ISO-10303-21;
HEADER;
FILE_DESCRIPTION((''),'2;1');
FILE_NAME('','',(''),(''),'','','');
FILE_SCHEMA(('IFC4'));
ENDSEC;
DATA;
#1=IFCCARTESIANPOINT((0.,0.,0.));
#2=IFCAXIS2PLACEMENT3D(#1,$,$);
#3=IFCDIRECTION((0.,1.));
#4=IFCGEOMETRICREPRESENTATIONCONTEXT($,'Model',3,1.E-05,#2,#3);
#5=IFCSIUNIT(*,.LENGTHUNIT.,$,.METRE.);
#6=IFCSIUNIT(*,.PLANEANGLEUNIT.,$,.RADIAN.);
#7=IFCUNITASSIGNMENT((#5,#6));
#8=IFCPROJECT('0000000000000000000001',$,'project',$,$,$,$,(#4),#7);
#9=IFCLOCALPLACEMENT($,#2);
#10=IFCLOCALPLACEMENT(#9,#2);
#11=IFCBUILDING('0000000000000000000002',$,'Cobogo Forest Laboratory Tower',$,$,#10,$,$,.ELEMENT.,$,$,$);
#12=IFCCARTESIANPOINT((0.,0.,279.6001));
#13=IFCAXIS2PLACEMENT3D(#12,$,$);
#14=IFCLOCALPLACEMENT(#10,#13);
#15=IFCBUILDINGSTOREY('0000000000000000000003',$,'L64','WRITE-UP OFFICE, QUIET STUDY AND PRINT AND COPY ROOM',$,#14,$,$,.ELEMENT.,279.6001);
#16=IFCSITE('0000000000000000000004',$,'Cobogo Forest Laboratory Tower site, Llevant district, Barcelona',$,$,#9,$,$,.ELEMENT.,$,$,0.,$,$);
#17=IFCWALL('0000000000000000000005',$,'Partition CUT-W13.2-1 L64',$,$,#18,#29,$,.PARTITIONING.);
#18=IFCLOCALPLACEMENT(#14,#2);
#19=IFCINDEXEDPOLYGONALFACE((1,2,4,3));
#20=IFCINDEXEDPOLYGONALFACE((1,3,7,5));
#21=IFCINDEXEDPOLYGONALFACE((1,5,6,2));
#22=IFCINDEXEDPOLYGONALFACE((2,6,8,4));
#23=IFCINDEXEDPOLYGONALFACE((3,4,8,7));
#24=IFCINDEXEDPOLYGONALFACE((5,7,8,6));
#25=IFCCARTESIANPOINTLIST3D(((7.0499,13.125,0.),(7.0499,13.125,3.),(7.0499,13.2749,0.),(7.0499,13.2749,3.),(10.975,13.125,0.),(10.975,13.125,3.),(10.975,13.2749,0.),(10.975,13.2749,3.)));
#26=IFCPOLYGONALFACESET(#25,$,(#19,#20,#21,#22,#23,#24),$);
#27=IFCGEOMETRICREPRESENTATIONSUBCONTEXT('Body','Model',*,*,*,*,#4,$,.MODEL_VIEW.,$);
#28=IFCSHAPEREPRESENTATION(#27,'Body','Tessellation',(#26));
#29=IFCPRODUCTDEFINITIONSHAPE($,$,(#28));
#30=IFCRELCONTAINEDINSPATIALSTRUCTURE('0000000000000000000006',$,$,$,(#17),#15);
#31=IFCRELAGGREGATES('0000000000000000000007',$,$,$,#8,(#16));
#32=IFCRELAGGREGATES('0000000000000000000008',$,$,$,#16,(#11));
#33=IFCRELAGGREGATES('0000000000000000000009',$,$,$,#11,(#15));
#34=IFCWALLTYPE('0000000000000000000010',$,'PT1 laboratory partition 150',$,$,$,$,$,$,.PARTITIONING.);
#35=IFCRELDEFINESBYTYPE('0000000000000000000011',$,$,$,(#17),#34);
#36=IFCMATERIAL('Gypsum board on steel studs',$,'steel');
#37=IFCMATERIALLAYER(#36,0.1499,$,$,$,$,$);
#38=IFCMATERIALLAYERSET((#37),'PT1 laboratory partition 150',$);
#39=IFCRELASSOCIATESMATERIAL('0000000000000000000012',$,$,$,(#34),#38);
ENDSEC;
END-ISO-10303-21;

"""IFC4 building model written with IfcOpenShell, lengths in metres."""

from ifc_helpers import new_model, si_unit, direction, frame, frame_2d, origin, place, context, subcontext, project, spatial, rectangle, extrude, material, layer, layer_set, type_object, element, save


model = new_model("IFC4")

# Units and contexts
model_context = context("Model", 3, precision=1e-05, world=origin(), true_north=direction((0.0, 1.0)))
body_context = subcontext(model_context, "Body", "Model", "MODEL_VIEW")
ifc_project = project(units=[si_unit("LENGTHUNIT", "METRE"), si_unit("PLANEANGLEUNIT", "RADIAN")], contexts=[model_context])

# Site, building, storey
site_placement = place(None, origin())
site = spatial("IfcSite", under=ifc_project, at=site_placement, Name="Cobogo Forest Laboratory Tower site, Llevant district, Barcelona", CompositionType="ELEMENT", RefElevation=0.0)
building_placement = place(site_placement, origin())
building = spatial("IfcBuilding", under=site, at=building_placement, Name="Cobogo Forest Laboratory Tower", CompositionType="ELEMENT")
storey_placement = place(building_placement, frame((0.0, 0.0, 279.6001)))
storey = spatial("IfcBuildingStorey", under=building, at=storey_placement, Name="L64", Description="WRITE-UP OFFICE, QUIET STUDY AND PRINT AND COPY ROOM", CompositionType="ELEMENT", Elevation=279.6001)

# Wall
ifc_material_1 = material(Name="Gypsum board on steel studs", Category="steel")
ifc_layer_1 = layer(ifc_material_1, 0.1499)
ifc_layer_set_1 = layer_set([ifc_layer_1], Name="PT1 laboratory partition 150")
wall_type_1 = type_object("IfcWallType", Name="PT1 laboratory partition 150", PredefinedType="PARTITIONING", material=ifc_layer_set_1)
wall_1_placement = place(storey_placement, frame((7.05, 13.2, 0.0), z_axis=(0.0, 0.0, 1.0), x_axis=(1.0, 0.0, 0.0)))
element("IfcWall", 1, at=wall_1_placement, inside=storey, type_object=wall_type_1, Name="Partition CUT-W13.2-1 L64", PredefinedType="PARTITIONING", context=body_context, shape_type="SweptSolid", body=[
    extrude(rectangle(XDim=3.925, YDim=0.1499, at=frame_2d((1.9624, 0.0))), origin(), (0.0, 0.0, 1.0), 3.0),
])

save(model, "model.ifc")
